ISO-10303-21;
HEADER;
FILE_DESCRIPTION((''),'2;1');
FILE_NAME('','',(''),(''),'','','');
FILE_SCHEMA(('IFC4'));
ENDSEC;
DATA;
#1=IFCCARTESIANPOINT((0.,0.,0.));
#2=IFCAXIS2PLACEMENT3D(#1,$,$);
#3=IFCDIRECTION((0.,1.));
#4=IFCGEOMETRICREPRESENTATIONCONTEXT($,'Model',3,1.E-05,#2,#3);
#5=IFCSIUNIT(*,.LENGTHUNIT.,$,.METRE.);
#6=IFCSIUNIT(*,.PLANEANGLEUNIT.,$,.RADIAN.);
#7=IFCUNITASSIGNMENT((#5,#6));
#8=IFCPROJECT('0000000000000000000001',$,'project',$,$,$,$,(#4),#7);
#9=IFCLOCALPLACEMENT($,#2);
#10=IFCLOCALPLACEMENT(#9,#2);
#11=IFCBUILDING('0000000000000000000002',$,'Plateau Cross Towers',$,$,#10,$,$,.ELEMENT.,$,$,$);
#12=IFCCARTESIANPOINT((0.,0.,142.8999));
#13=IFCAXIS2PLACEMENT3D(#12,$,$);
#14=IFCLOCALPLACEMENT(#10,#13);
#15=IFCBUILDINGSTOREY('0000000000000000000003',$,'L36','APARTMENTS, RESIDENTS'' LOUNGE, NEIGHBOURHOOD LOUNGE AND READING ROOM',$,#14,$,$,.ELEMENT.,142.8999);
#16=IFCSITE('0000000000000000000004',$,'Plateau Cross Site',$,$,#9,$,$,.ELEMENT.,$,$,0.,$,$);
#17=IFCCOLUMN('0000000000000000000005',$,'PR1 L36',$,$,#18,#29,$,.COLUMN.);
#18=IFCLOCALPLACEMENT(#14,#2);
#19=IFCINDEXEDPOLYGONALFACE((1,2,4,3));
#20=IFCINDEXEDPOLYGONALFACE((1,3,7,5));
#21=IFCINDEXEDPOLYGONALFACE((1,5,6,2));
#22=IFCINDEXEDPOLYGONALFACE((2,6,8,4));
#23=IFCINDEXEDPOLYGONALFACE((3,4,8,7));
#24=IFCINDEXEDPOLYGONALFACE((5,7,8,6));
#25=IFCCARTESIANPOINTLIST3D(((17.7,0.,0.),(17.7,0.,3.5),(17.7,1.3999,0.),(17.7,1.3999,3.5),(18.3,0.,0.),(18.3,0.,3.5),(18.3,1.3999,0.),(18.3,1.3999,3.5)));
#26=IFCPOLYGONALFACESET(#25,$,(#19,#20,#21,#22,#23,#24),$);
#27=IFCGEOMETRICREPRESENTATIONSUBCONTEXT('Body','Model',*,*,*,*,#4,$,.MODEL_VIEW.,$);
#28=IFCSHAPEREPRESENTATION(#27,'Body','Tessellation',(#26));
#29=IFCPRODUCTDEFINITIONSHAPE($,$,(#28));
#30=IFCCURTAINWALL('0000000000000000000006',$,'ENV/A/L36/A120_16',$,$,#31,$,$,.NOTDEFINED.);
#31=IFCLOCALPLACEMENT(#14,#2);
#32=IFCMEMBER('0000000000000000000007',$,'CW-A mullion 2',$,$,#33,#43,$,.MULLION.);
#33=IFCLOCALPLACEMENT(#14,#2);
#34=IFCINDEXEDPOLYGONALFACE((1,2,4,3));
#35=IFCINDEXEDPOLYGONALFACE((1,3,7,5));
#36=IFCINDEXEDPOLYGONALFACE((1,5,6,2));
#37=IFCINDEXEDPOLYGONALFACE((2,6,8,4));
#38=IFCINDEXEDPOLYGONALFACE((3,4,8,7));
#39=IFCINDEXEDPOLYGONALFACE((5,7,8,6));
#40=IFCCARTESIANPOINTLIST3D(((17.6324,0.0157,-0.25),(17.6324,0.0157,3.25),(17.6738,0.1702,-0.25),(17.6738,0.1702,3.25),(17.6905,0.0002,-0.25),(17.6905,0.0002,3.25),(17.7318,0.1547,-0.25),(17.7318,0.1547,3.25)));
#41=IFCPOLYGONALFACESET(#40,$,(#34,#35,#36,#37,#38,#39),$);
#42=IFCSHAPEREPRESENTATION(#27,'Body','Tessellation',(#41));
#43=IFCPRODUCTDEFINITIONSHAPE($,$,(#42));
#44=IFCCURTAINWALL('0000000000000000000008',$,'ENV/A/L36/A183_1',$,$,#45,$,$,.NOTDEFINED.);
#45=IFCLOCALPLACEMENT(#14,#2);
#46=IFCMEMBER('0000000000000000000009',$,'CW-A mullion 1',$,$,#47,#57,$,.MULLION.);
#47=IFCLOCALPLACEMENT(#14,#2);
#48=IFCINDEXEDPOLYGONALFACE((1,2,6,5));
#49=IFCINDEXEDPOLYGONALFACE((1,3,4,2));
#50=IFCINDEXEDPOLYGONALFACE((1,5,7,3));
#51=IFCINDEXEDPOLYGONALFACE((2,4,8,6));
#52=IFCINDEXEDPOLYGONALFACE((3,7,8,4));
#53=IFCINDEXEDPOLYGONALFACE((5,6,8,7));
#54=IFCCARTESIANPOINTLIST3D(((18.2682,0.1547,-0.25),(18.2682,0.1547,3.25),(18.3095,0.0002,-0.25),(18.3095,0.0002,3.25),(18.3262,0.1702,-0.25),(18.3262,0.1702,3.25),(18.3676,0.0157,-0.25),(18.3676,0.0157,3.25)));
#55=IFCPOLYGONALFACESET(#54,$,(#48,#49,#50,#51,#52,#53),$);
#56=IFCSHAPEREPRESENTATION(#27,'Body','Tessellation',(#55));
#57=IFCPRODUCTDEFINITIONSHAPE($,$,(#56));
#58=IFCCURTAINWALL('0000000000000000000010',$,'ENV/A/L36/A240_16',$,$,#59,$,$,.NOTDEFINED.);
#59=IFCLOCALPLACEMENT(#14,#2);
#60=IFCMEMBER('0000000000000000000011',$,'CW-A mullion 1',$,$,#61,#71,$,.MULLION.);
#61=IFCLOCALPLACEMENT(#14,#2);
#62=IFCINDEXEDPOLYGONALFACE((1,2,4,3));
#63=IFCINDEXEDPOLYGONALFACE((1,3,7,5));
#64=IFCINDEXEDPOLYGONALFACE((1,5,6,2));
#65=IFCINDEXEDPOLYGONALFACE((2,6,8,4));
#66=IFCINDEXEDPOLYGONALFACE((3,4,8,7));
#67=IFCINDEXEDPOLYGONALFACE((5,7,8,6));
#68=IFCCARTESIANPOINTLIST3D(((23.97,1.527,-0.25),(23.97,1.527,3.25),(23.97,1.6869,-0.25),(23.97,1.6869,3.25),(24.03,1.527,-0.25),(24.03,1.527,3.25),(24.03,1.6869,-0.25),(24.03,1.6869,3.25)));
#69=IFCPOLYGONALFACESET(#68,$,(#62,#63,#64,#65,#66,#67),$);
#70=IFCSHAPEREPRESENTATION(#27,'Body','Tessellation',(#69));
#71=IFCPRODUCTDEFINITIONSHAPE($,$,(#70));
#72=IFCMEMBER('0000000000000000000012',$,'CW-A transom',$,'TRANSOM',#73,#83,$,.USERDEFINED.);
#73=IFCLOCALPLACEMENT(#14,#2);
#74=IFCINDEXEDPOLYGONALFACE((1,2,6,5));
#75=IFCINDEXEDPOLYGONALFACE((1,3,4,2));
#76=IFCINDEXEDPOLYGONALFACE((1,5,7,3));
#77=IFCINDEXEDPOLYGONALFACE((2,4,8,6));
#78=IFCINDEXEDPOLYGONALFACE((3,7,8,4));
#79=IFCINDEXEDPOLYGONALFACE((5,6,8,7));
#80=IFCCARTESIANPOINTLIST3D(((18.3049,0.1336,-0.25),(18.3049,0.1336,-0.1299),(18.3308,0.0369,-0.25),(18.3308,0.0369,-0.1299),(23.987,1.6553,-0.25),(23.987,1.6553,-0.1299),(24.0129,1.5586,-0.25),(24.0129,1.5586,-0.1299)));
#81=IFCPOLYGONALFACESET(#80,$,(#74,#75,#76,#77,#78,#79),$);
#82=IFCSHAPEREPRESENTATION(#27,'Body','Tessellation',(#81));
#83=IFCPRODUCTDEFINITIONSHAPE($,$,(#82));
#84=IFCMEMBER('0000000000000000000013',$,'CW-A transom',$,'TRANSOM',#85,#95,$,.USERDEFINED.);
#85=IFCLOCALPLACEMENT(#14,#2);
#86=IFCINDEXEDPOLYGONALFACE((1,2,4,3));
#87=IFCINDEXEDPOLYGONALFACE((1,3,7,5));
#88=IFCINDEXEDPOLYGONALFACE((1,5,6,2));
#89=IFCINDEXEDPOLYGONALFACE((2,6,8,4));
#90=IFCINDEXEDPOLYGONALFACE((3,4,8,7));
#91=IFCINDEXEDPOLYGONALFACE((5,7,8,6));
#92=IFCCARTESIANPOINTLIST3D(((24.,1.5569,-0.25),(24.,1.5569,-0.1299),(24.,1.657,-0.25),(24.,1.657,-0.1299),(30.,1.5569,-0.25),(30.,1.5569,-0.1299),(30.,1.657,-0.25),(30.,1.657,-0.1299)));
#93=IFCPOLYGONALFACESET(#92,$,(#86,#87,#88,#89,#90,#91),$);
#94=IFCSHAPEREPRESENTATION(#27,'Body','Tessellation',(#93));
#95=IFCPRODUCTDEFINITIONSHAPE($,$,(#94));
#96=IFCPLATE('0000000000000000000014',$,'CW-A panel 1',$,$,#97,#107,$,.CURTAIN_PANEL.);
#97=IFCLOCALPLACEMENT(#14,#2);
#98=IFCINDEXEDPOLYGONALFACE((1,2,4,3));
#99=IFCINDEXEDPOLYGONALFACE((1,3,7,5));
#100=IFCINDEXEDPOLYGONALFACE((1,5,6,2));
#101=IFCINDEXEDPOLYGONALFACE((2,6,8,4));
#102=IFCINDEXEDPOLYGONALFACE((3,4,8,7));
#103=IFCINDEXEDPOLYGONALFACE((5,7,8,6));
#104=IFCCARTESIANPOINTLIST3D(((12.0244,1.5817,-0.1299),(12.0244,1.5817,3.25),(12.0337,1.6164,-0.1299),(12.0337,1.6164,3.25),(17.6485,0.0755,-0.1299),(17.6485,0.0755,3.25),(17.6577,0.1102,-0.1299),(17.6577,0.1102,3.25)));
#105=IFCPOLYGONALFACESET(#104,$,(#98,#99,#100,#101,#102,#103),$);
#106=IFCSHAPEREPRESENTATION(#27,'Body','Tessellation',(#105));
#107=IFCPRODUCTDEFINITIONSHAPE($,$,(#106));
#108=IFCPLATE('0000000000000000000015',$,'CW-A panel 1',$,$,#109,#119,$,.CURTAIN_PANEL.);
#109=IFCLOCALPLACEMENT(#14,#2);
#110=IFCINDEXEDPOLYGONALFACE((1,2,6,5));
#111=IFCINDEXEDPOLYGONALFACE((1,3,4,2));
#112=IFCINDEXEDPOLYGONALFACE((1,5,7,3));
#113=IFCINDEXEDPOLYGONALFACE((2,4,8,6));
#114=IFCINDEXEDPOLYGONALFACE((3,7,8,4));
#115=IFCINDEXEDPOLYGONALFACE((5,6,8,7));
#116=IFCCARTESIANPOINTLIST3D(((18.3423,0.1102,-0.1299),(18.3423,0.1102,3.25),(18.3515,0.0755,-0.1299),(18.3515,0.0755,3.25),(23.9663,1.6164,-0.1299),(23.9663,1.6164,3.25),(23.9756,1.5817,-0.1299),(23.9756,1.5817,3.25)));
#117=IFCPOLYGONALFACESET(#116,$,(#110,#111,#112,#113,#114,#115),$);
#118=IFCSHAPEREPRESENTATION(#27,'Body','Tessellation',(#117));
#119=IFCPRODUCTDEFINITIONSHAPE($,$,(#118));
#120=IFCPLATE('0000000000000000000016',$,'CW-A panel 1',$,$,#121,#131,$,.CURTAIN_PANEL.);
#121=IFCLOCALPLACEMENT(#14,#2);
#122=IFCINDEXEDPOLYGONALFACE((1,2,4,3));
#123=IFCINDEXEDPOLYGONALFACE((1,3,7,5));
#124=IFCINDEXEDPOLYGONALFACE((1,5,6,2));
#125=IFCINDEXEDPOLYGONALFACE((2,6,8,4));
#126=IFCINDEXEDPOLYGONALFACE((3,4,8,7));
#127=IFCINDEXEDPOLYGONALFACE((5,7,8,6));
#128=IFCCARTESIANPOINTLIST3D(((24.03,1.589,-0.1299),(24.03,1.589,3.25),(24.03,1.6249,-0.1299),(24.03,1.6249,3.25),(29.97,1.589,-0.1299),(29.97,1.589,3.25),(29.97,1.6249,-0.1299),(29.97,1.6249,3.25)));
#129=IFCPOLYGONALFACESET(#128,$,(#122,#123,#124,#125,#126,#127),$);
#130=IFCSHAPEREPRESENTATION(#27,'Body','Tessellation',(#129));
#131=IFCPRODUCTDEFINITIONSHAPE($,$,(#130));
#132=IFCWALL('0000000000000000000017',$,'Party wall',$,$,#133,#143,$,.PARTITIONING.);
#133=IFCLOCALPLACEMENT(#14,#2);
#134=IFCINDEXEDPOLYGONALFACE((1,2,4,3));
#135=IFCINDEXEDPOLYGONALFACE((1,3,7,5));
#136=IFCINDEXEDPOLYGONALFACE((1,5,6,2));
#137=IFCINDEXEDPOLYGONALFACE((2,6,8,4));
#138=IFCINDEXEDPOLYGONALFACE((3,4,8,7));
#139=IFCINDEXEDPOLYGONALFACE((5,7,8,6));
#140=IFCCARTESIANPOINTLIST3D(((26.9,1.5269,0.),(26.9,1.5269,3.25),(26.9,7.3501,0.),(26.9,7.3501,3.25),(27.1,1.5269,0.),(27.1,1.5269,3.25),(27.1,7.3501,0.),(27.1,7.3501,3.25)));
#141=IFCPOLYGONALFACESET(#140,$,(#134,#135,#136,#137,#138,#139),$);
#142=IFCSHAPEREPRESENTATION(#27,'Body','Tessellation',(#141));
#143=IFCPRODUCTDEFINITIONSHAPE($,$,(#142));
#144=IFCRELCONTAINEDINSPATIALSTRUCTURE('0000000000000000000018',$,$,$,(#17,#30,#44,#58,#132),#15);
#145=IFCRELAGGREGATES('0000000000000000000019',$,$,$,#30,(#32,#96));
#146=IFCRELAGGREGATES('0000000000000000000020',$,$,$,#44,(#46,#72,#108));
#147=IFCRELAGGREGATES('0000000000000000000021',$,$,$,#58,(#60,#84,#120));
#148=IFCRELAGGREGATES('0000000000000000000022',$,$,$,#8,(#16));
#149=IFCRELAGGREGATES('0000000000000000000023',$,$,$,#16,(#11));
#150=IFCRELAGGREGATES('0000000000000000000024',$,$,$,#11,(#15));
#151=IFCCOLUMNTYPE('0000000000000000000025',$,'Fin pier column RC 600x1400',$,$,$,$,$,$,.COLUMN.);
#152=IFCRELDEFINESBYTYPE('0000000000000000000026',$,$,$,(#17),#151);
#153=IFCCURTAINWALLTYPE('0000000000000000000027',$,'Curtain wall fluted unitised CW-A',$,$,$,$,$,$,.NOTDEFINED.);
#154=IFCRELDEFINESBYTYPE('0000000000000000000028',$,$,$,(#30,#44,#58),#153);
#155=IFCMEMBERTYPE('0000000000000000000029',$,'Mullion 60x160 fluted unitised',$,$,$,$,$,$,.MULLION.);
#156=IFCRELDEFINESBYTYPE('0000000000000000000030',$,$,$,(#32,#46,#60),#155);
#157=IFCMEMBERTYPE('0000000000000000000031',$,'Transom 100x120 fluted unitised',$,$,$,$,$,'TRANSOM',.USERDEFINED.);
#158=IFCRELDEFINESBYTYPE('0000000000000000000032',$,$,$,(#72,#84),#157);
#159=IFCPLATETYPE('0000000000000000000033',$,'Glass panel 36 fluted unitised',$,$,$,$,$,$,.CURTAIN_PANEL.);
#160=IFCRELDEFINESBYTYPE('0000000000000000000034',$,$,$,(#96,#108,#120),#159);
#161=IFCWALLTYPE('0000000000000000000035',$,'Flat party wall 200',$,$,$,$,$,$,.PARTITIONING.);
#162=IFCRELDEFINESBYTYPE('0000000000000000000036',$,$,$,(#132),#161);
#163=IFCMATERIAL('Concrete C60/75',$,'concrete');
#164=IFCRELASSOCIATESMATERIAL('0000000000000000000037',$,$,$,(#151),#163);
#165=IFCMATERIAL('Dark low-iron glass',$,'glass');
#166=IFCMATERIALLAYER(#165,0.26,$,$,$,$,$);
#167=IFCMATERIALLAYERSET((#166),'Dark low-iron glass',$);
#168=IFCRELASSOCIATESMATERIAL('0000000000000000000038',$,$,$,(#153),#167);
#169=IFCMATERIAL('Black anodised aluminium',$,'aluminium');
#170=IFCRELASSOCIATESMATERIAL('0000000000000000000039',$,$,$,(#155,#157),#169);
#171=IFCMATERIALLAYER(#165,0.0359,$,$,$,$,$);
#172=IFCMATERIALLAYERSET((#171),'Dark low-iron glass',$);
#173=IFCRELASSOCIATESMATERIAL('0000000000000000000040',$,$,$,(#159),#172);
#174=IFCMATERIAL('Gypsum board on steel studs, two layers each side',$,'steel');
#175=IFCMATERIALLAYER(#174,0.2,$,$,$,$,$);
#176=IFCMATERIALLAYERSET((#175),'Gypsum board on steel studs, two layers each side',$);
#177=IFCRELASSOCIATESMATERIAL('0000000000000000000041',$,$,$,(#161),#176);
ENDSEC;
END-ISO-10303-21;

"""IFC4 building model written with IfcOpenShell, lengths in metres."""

from ifc_helpers import new_model, si_unit, direction, frame, frame_2d, origin, origin_2d, place, context, subcontext, project, spatial, rectangle, extrude, material, layer, layer_set, material_profile, profile_set, type_object, element, aggregate, save


model = new_model("IFC4")

# Units and contexts
model_context = context("Model", 3, precision=1e-05, world=origin(), true_north=direction((0.0, 1.0)))
body_context = subcontext(model_context, "Body", "Model", "MODEL_VIEW")
ifc_project = project(units=[si_unit("LENGTHUNIT", "METRE"), si_unit("PLANEANGLEUNIT", "RADIAN")], contexts=[model_context])

# Site, building, storey
site_placement = place(None, origin())
site = spatial("IfcSite", under=ifc_project, at=site_placement, Name="Plateau Cross Site", CompositionType="ELEMENT", RefElevation=0.0)
building_placement = place(site_placement, origin())
building = spatial("IfcBuilding", under=site, at=building_placement, Name="Plateau Cross Towers", CompositionType="ELEMENT")
storey_placement = place(building_placement, frame((0.0, 0.0, 142.8999)))
storey = spatial("IfcBuildingStorey", under=building, at=storey_placement, Name="L36", Description="APARTMENTS, RESIDENTS' LOUNGE, NEIGHBOURHOOD LOUNGE AND READING ROOM", CompositionType="ELEMENT", Elevation=142.8999)

# Column
ifc_material_1 = material(Name="Concrete C60/75", Category="concrete")
ifc_material_profile_1 = material_profile(ifc_material_1, rectangle(XDim=0.6001, YDim=1.3999, at=origin_2d()), Name="RC 600x1400")
ifc_profile_set_1 = profile_set([ifc_material_profile_1], Name="Concrete C60/75")
column_type = type_object("IfcColumnType", Name="Fin pier column RC 600x1400", PredefinedType="COLUMN", material=ifc_profile_set_1)
column_placement = place(storey_placement, frame((18.0, 0.7, 0.0), z_axis=(0.0, 0.0, 1.0), x_axis=(1.0, 0.0, 0.0)))
element("IfcColumn", 1, at=column_placement, inside=storey, type_object=column_type, Name="PR1 L36", PredefinedType="COLUMN", context=body_context, shape_type="SweptSolid", body=[
    extrude(rectangle(XDim=0.6001, YDim=1.3999, at=origin_2d()), origin(), (0.0, 0.0, 1.0), 3.5),
])

# Curtain walls, members
ifc_material_2 = material(Name="Dark low-iron glass", Category="glass")
ifc_layer_1 = layer(ifc_material_2, 0.26)
ifc_layer_set_1 = layer_set([ifc_layer_1], Name="Dark low-iron glass")
curtain_wall_type = type_object("IfcCurtainWallType", Name="Curtain wall fluted unitised CW-A", PredefinedType="NOTDEFINED", material=ifc_layer_set_1)
curtain_wall_1_placement = place(storey_placement, origin())
curtain_wall_1 = element("IfcCurtainWall", 2, at=curtain_wall_1_placement, inside=storey, type_object=curtain_wall_type, Name="ENV/A/L36/A120_16", PredefinedType="NOTDEFINED")
ifc_material_3 = material(Name="Black anodised aluminium", Category="aluminium")
ifc_material_profile_2 = material_profile(ifc_material_3, rectangle(XDim=0.0601, YDim=0.1599, at=origin_2d()), Name="MULLION 60x160")
ifc_profile_set_2 = profile_set([ifc_material_profile_2], Name="Black anodised aluminium")
member_type_1 = type_object("IfcMemberType", Name="Mullion 60x160 fluted unitised", PredefinedType="MULLION", material=ifc_profile_set_2)
member_1_placement = place(storey_placement, frame((17.6821, 0.0852, -0.25), z_axis=(0.0, 0.0, 1.0), x_axis=(0.965958, -0.258699, 0.0)))
member_1 = element("IfcMember", 3, at=member_1_placement, type_object=member_type_1, Name="CW-A mullion 2", PredefinedType="MULLION", context=body_context, shape_type="SweptSolid", body=[
    extrude(rectangle(XDim=0.0601, YDim=0.1599, at=origin_2d()), origin(), (0.0, 0.0, 1.0), 3.5),
])
curtain_wall_2_placement = place(storey_placement, origin())
curtain_wall_2 = element("IfcCurtainWall", 4, at=curtain_wall_2_placement, inside=storey, type_object=curtain_wall_type, Name="ENV/A/L36/A183_1", PredefinedType="NOTDEFINED")
member_2_placement = place(storey_placement, frame((18.3179, 0.0852, -0.25), z_axis=(0.0, 0.0, 1.0), x_axis=(0.965958, 0.258699, 0.0)))
member_2 = element("IfcMember", 5, at=member_2_placement, type_object=member_type_1, Name="CW-A mullion 1", PredefinedType="MULLION", context=body_context, shape_type="SweptSolid", body=[
    extrude(rectangle(XDim=0.0601, YDim=0.1599, at=origin_2d()), origin(), (0.0, 0.0, 1.0), 3.5),
])
curtain_wall_3_placement = place(storey_placement, origin())
curtain_wall_3 = element("IfcCurtainWall", 6, at=curtain_wall_3_placement, inside=storey, type_object=curtain_wall_type, Name="ENV/A/L36/A240_16", PredefinedType="NOTDEFINED")
member_3_placement = place(storey_placement, frame((24.0, 1.6069, -0.25), z_axis=(0.0, 0.0, 1.0), x_axis=(1.0, 0.0, 0.0)))
member_3 = element("IfcMember", 7, at=member_3_placement, type_object=member_type_1, Name="CW-A mullion 1", PredefinedType="MULLION", context=body_context, shape_type="SweptSolid", body=[
    extrude(rectangle(XDim=0.0601, YDim=0.1599, at=origin_2d()), origin(), (0.0, 0.0, 1.0), 3.5),
])

# Members
ifc_material_profile_3 = material_profile(ifc_material_3, rectangle(XDim=0.1001, YDim=0.1201, at=origin_2d()), Name="TRANSOM 100x120")
ifc_profile_set_3 = profile_set([ifc_material_profile_3], Name="Black anodised aluminium")
member_type_2 = type_object("IfcMemberType", Name="Transom 100x120 fluted unitised", ElementType="TRANSOM", PredefinedType="USERDEFINED", material=ifc_profile_set_3)
member_4_placement = place(storey_placement, frame((18.3179, 0.0852, -0.1899), z_axis=(0.96596, 0.258693, 0.0), x_axis=(-0.258693, 0.96596, 0.0)))
member_4 = element("IfcMember", 8, at=member_4_placement, type_object=member_type_2, Name="CW-A transom", ObjectType="TRANSOM", PredefinedType="USERDEFINED", context=body_context, shape_type="SweptSolid", body=[
    extrude(rectangle(XDim=0.1001, YDim=0.1201, at=origin_2d()), origin(), (0.0, 0.0, 1.0), 5.8823),
])
member_5_placement = place(storey_placement, frame((24.0, 1.6069, -0.1899), z_axis=(1.0, 0.0, 0.0), x_axis=(0.0, 1.0, 0.0)))
member_5 = element("IfcMember", 9, at=member_5_placement, type_object=member_type_2, Name="CW-A transom", ObjectType="TRANSOM", PredefinedType="USERDEFINED", context=body_context, shape_type="SweptSolid", body=[
    extrude(rectangle(XDim=0.1001, YDim=0.1201, at=origin_2d()), origin(), (0.0, 0.0, 1.0), 6.0),
])

# Plates
ifc_layer_2 = layer(ifc_material_2, 0.0359)
ifc_layer_set_2 = layer_set([ifc_layer_2], Name="Dark low-iron glass")
plate_type = type_object("IfcPlateType", Name="Glass panel 36 fluted unitised", PredefinedType="CURTAIN_PANEL", material=ifc_layer_set_2)
plate_1_placement = place(storey_placement, frame((14.8411, 0.8459, -0.1299), z_axis=(0.0, 0.0, 1.0), x_axis=(0.965958, -0.258699, 0.0)))
plate_1 = element("IfcPlate", 10, at=plate_1_placement, type_object=plate_type, Name="CW-A panel 1", PredefinedType="CURTAIN_PANEL", context=body_context, shape_type="SweptSolid", body=[
    extrude(rectangle(XDim=5.8223, YDim=0.0359, at=origin_2d()), origin(), (0.0, 0.0, 1.0), 3.3799),
])
aggregate(curtain_wall_1, [member_1, plate_1])
plate_2_placement = place(storey_placement, frame((21.1589, 0.8459, -0.1299), z_axis=(0.0, 0.0, 1.0), x_axis=(0.965958, 0.258699, 0.0)))
plate_2 = element("IfcPlate", 11, at=plate_2_placement, type_object=plate_type, Name="CW-A panel 1", PredefinedType="CURTAIN_PANEL", context=body_context, shape_type="SweptSolid", body=[
    extrude(rectangle(XDim=5.8223, YDim=0.0359, at=origin_2d()), origin(), (0.0, 0.0, 1.0), 3.3799),
])
aggregate(curtain_wall_2, [member_2, member_4, plate_2])
plate_3_placement = place(storey_placement, frame((27.0, 1.6069, -0.1299), z_axis=(0.0, 0.0, 1.0), x_axis=(1.0, 0.0, 0.0)))
plate_3 = element("IfcPlate", 12, at=plate_3_placement, type_object=plate_type, Name="CW-A panel 1", PredefinedType="CURTAIN_PANEL", context=body_context, shape_type="SweptSolid", body=[
    extrude(rectangle(XDim=5.9399, YDim=0.0359, at=origin_2d()), origin(), (0.0, 0.0, 1.0), 3.3799),
])
aggregate(curtain_wall_3, [member_3, member_5, plate_3])

# Wall
ifc_material_4 = material(Name="Gypsum board on steel studs, two layers each side", Category="steel")
ifc_layer_3 = layer(ifc_material_4, 0.2)
ifc_layer_set_3 = layer_set([ifc_layer_3], Name="Gypsum board on steel studs, two layers each side")
wall_type = type_object("IfcWallType", Name="Flat party wall 200", PredefinedType="PARTITIONING", material=ifc_layer_set_3)
wall_placement = place(storey_placement, frame((27.0, 1.5269, 0.0), z_axis=(0.0, 0.0, 1.0), x_axis=(0.0, 1.0, 0.0)))
element("IfcWall", 13, at=wall_placement, inside=storey, type_object=wall_type, Name="Party wall", PredefinedType="PARTITIONING", context=body_context, shape_type="SweptSolid", body=[
    extrude(rectangle(XDim=5.8232, YDim=0.2, at=frame_2d((2.9116, 0.0))), origin(), (0.0, 0.0, 1.0), 3.25),
])

save(model, "model.ifc")
